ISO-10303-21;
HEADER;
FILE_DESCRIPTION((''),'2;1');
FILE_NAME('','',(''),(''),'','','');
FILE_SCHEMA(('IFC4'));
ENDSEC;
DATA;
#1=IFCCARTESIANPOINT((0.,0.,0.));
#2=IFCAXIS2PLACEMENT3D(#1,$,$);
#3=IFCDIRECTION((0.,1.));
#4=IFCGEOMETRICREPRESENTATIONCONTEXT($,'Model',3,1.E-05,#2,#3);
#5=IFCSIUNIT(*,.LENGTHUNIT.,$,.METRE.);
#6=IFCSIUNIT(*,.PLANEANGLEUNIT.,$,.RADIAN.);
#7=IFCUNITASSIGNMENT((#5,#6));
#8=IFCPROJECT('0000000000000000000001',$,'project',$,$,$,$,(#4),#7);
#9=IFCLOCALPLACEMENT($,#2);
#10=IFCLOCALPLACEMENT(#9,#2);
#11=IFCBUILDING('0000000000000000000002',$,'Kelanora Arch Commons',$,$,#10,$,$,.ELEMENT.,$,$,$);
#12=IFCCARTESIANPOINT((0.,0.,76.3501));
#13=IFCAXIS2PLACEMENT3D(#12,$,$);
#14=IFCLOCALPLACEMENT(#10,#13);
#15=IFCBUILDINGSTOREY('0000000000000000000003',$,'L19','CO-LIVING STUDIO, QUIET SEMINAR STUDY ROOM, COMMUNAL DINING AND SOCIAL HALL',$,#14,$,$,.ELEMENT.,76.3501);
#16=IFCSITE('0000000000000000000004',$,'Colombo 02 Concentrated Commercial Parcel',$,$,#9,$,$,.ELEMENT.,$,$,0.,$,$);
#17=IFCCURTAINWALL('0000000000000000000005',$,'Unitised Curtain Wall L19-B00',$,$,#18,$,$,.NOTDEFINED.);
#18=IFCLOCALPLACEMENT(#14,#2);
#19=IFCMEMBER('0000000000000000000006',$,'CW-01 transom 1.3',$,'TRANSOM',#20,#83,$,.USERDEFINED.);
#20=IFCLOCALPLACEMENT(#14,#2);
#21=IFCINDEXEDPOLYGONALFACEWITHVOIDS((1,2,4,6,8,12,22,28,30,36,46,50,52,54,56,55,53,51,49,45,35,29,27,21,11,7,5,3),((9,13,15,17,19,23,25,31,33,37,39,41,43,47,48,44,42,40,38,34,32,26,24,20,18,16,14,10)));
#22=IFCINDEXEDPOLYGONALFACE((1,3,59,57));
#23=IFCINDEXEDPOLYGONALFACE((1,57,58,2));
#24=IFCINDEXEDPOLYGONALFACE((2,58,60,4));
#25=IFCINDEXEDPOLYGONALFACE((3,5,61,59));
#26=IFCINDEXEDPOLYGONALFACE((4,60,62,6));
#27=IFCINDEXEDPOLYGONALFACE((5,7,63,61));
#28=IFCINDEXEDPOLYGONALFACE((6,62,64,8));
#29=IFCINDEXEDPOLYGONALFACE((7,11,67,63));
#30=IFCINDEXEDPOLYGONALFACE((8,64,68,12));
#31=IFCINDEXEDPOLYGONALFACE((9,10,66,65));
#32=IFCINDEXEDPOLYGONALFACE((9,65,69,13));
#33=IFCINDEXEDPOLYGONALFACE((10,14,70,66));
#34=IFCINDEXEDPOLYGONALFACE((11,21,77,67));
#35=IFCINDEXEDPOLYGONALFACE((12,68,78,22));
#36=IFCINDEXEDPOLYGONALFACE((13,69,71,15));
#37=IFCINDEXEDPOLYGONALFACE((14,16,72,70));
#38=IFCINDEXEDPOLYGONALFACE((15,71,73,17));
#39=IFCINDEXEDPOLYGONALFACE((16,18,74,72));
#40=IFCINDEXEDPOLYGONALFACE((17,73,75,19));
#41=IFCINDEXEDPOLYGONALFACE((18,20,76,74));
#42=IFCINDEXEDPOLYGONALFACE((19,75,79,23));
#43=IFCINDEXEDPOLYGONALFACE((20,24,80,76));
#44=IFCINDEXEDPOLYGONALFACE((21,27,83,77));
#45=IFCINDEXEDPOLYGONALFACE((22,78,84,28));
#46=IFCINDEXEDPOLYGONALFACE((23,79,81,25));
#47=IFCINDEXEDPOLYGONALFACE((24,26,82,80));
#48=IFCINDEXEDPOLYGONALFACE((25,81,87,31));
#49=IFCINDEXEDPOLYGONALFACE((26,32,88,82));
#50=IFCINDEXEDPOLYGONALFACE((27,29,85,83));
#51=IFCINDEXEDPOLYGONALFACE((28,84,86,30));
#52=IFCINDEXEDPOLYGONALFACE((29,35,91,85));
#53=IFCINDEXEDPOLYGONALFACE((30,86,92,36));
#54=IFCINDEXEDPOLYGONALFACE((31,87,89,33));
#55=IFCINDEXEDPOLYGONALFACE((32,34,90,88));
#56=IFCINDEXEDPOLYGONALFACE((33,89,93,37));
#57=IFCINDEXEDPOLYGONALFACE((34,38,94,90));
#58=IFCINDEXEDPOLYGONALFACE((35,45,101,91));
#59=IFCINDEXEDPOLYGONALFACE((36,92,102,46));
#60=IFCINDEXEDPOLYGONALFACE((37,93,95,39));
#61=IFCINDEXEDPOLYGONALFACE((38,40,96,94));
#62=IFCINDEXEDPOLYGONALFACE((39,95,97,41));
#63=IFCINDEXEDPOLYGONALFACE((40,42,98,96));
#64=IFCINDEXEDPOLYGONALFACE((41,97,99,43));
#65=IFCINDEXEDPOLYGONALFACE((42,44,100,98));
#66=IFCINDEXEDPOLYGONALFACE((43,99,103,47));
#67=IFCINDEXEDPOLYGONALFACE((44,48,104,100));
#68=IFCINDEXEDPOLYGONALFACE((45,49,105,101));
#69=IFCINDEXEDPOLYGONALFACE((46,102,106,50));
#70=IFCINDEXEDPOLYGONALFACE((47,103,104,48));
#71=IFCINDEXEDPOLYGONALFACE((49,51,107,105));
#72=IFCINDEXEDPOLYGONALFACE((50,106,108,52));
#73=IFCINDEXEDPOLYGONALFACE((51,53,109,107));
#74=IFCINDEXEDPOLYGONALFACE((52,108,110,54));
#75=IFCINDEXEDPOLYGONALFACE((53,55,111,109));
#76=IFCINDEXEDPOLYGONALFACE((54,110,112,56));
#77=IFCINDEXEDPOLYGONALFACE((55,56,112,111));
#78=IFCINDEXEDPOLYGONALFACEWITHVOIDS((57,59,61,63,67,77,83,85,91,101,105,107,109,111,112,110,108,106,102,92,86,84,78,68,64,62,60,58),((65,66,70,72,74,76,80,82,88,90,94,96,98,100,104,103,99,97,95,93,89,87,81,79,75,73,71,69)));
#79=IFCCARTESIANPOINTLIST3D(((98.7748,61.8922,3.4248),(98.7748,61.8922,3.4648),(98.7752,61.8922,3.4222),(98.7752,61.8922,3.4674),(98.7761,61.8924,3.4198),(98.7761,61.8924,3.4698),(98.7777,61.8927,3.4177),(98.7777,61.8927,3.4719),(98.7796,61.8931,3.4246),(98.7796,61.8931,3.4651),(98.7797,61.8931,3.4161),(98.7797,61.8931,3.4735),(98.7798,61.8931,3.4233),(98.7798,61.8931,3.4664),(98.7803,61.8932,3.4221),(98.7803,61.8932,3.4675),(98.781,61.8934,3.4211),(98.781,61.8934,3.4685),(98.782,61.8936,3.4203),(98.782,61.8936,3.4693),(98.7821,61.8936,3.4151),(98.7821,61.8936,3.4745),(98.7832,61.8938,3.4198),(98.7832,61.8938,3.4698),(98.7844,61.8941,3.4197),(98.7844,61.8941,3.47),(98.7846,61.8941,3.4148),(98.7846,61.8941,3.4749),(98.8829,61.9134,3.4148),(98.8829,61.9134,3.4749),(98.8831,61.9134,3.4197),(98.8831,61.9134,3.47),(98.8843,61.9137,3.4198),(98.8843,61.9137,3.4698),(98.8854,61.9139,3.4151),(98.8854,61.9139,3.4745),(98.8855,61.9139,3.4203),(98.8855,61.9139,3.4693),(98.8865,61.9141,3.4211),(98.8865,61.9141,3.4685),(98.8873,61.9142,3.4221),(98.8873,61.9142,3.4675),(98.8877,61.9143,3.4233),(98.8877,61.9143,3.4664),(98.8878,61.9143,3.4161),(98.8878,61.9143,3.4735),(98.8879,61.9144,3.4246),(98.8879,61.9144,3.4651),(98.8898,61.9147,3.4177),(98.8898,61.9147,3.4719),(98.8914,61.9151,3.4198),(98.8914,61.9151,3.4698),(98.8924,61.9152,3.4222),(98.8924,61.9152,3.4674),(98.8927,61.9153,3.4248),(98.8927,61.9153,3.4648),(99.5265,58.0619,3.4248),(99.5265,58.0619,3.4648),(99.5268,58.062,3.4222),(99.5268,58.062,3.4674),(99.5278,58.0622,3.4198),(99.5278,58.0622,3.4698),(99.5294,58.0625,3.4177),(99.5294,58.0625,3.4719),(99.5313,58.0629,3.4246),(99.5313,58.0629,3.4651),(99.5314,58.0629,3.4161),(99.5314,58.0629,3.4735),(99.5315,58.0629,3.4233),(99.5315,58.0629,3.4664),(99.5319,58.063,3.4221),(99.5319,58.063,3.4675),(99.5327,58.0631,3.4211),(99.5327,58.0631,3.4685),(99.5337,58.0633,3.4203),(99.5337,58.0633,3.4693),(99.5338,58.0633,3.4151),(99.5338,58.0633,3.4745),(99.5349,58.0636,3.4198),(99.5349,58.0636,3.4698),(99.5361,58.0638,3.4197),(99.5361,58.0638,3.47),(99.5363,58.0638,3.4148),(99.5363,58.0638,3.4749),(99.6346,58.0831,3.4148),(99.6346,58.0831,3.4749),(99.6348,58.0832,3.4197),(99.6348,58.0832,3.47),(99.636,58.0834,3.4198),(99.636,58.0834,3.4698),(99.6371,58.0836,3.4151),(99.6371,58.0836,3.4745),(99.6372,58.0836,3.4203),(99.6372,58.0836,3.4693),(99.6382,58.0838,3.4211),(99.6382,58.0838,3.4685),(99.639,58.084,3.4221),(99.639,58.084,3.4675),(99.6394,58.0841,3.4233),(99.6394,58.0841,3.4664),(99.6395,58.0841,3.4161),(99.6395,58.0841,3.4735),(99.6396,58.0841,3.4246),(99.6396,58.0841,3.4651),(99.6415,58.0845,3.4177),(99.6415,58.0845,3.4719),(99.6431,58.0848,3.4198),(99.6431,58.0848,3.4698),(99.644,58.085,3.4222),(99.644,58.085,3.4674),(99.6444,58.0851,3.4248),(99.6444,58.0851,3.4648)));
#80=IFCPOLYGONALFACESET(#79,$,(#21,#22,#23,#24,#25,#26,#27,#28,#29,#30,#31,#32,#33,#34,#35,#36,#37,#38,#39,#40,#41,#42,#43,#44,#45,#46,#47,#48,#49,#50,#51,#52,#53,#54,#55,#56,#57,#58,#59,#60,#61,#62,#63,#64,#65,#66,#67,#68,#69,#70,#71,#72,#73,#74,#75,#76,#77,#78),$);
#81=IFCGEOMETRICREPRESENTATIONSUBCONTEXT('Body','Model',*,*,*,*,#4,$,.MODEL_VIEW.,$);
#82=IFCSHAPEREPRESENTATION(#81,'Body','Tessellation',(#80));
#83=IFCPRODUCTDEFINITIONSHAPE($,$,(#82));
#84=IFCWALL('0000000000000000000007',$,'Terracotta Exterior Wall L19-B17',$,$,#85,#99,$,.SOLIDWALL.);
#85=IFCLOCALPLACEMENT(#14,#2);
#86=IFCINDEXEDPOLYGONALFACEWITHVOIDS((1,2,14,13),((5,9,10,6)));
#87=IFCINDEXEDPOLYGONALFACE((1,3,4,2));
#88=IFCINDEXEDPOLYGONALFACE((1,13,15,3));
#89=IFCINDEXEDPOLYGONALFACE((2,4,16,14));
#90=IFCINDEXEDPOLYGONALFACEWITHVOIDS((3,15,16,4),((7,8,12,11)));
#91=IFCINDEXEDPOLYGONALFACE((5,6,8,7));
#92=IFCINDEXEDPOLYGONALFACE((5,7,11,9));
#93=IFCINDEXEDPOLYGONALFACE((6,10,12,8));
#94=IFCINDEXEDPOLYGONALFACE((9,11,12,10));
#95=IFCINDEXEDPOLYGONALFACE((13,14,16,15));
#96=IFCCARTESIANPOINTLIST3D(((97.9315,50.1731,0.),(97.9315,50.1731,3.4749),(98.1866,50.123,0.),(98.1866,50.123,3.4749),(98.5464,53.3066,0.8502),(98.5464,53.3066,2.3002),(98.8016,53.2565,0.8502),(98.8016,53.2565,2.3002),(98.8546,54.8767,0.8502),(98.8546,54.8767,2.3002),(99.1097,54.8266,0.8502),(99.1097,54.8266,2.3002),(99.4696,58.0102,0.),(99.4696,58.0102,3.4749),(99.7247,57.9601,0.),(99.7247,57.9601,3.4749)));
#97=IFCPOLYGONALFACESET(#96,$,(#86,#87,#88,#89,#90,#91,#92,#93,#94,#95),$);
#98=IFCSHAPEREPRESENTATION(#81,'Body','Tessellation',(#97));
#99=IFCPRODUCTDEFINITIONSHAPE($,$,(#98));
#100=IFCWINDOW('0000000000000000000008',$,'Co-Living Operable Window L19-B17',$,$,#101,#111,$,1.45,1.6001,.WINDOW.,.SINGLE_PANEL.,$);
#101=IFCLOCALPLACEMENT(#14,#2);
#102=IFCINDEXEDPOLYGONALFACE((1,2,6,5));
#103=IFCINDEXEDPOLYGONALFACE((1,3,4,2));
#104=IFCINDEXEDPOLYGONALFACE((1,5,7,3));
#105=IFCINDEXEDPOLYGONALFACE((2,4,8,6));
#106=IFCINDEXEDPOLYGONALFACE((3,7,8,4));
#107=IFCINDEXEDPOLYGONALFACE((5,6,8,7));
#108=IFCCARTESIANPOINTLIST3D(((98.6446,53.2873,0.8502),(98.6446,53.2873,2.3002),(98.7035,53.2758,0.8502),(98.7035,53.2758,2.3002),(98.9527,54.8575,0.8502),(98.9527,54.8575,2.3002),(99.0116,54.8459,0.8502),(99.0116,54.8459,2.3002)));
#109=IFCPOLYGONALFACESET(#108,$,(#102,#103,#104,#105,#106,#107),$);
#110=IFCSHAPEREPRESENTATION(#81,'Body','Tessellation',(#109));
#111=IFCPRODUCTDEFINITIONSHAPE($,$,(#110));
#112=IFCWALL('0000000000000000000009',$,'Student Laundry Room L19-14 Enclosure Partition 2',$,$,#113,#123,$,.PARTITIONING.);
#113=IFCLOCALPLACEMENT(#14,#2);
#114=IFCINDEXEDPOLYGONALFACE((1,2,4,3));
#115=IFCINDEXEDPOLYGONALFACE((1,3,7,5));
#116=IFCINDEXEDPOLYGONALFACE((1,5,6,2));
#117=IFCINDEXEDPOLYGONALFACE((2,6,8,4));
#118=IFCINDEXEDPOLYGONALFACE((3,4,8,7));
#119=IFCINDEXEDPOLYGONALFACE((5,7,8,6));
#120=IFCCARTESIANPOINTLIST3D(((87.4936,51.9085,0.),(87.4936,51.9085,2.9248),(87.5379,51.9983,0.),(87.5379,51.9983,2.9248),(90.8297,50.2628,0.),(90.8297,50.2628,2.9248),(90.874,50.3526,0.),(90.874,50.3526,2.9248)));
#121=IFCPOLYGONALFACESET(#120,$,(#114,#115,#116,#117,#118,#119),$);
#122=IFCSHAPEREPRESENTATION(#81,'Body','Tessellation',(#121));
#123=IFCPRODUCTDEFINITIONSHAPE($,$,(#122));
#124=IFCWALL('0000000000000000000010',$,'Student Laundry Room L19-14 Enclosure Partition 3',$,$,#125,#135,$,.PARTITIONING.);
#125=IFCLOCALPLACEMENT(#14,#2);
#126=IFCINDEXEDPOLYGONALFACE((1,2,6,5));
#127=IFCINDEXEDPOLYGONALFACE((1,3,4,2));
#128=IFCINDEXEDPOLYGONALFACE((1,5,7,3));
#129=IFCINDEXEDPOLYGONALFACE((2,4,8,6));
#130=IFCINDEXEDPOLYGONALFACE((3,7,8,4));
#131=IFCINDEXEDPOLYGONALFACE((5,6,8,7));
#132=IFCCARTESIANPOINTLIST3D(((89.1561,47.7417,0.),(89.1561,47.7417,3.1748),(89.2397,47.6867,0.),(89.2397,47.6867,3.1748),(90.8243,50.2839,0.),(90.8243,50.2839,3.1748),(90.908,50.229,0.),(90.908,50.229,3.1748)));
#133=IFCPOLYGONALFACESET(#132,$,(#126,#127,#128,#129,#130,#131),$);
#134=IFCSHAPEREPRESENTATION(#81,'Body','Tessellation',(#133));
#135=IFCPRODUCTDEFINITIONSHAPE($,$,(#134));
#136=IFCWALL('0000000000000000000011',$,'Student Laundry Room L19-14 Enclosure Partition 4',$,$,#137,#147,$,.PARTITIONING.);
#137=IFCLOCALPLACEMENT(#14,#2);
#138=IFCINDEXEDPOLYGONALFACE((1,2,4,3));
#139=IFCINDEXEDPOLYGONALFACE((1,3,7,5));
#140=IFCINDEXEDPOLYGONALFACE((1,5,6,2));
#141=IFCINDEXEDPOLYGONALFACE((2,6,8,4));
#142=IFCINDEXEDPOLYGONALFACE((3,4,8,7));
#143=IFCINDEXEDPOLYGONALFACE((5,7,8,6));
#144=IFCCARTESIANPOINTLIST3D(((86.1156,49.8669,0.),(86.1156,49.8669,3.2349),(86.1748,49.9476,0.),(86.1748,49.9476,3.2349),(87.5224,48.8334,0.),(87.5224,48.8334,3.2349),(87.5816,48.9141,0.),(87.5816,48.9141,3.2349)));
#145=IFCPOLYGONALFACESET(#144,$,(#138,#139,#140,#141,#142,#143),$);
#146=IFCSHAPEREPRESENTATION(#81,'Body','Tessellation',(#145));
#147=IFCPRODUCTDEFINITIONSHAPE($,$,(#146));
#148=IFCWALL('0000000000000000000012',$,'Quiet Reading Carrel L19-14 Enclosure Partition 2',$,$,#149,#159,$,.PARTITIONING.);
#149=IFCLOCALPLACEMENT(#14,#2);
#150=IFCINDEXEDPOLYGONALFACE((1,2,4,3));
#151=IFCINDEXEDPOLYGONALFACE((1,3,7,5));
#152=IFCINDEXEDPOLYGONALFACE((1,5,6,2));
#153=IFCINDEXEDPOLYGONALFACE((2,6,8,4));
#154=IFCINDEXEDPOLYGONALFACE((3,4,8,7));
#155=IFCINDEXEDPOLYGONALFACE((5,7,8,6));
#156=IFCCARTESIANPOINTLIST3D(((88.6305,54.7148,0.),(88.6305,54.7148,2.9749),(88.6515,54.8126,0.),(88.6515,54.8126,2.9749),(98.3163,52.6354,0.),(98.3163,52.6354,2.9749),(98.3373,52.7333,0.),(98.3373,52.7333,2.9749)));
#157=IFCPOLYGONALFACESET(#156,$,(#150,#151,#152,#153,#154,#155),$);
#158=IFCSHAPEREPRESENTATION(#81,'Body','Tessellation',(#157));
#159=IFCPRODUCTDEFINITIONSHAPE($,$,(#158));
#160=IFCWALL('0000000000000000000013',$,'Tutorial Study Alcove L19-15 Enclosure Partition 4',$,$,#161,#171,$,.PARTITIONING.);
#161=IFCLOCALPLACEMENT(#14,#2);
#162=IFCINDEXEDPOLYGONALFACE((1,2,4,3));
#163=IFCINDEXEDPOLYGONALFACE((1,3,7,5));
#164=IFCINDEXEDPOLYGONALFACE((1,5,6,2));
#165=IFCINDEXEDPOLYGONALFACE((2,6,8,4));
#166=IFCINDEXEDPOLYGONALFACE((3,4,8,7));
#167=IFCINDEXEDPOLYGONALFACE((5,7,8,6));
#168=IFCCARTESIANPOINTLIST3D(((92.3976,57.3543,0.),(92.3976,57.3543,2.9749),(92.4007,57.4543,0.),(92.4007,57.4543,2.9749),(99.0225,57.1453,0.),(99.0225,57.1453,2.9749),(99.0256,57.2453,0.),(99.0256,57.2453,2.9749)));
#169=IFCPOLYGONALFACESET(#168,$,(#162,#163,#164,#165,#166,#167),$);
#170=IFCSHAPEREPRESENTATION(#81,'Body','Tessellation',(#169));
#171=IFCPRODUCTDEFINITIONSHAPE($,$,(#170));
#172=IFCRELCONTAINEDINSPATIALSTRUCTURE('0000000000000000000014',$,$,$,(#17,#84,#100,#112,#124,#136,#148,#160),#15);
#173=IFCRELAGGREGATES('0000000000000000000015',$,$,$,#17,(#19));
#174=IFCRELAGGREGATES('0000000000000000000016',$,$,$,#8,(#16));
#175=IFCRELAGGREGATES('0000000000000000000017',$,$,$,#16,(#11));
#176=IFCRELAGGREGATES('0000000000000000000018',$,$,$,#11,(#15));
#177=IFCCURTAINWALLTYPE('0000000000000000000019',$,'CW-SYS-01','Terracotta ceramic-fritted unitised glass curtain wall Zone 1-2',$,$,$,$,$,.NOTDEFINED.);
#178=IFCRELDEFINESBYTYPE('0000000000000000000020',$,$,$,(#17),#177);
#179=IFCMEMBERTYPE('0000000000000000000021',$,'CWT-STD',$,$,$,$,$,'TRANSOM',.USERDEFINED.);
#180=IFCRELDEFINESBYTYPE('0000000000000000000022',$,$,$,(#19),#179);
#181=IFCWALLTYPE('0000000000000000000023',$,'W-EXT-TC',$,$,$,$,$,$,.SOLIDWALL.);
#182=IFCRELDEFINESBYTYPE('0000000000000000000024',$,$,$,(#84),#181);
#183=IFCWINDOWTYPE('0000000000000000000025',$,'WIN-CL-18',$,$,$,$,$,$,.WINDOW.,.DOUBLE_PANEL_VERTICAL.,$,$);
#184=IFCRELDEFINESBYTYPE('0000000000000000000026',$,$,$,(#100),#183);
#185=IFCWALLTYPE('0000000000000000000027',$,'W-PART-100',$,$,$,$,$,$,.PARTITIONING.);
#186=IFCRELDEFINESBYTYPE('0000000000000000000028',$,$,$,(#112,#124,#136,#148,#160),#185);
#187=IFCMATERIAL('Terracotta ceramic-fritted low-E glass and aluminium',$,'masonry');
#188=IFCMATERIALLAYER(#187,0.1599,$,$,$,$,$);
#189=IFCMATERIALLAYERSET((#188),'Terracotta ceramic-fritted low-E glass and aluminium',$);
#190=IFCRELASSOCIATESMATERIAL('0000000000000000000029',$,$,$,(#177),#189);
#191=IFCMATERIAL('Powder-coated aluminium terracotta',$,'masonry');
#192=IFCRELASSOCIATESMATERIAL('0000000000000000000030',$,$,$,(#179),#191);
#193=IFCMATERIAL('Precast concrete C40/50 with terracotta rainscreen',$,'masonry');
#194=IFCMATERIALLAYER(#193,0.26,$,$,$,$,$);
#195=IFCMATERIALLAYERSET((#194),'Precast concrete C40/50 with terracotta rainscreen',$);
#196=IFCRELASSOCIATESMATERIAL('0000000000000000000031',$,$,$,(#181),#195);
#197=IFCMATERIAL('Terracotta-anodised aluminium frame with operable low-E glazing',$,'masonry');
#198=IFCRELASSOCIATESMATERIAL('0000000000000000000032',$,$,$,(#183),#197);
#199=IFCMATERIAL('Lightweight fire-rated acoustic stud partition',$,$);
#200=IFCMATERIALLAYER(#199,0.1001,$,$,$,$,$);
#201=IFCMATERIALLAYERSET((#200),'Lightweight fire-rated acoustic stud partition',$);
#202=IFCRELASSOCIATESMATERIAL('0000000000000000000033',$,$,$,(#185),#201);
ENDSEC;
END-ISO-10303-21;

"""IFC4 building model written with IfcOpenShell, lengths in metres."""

from ifc_helpers import new_model, si_unit, direction, frame, frame_2d, origin, origin_2d, place, context, subcontext, project, spatial, rectangle, hollow_rectangle, extrude, material, layer, layer_set, material_profile, profile_set, type_object, element, fill, aggregate, save


model = new_model("IFC4")

# Units and contexts
model_context = context("Model", 3, precision=1e-05, world=origin(), true_north=direction((0.0, 1.0)))
body_context = subcontext(model_context, "Body", "Model", "MODEL_VIEW")
ifc_project = project(units=[si_unit("LENGTHUNIT", "METRE"), si_unit("PLANEANGLEUNIT", "RADIAN")], contexts=[model_context])

# Site, building, storey
site_placement = place(None, origin())
site = spatial("IfcSite", under=ifc_project, at=site_placement, Name="Colombo 02 Concentrated Commercial Parcel", CompositionType="ELEMENT", RefElevation=0.0)
building_placement = place(site_placement, origin())
building = spatial("IfcBuilding", under=site, at=building_placement, Name="Kelanora Arch Commons", CompositionType="ELEMENT")
storey_placement = place(building_placement, frame((0.0, 0.0, 76.3501)))
storey = spatial("IfcBuildingStorey", under=building, at=storey_placement, Name="L19", Description="CO-LIVING STUDIO, QUIET SEMINAR STUDY ROOM, COMMUNAL DINING AND SOCIAL HALL", CompositionType="ELEMENT", Elevation=76.3501)

# Curtain wall
ifc_material_1 = material(Name="Terracotta ceramic-fritted low-E glass and aluminium", Category="masonry")
ifc_layer_1 = layer(ifc_material_1, 0.1599)
ifc_layer_set_1 = layer_set([ifc_layer_1], Name="Terracotta ceramic-fritted low-E glass and aluminium")
curtain_wall_type = type_object("IfcCurtainWallType", Name="CW-SYS-01", Description="Terracotta ceramic-fritted unitised glass curtain wall Zone 1-2", PredefinedType="NOTDEFINED", material=ifc_layer_set_1)
curtain_wall_1_placement = place(storey_placement, origin())
curtain_wall_1 = element("IfcCurtainWall", 1, at=curtain_wall_1_placement, inside=storey, type_object=curtain_wall_type, Name="Unitised Curtain Wall L19-B00", PredefinedType="NOTDEFINED")
ifc_material_2 = material(Name="Powder-coated aluminium terracotta", Category="masonry")

# Member
ifc_material_profile_1 = material_profile(ifc_material_2, hollow_rectangle(XDim=0.1201, YDim=0.0601, WallThickness=0.0049, InnerFilletRadius=0.0049, OuterFilletRadius=0.01, at=origin_2d()), Name="CWT120x60")
ifc_profile_set_1 = profile_set([ifc_material_profile_1], Name="Powder-coated aluminium terracotta")
member_type_1 = type_object("IfcMemberType", Name="CWT-STD", ElementType="TRANSOM", PredefinedType="USERDEFINED", material=ifc_profile_set_1)
member_1_placement = place(storey_placement, frame((99.5854, 58.0735, 3.4448), z_axis=(-0.192579, 0.981282, 0.0), x_axis=(-0.981282, -0.192579, 0.0)))
member_1 = element("IfcMember", 2, at=member_1_placement, type_object=member_type_1, Name="CW-01 transom 1.3", ObjectType="TRANSOM", PredefinedType="USERDEFINED", context=body_context, shape_type="SweptSolid", body=[
    extrude(hollow_rectangle(XDim=0.1201, YDim=0.0601, WallThickness=0.0049, InnerFilletRadius=0.0049, OuterFilletRadius=0.01, at=origin_2d()), origin(), (0.0, 0.0, 1.0), 3.9033),
])
aggregate(curtain_wall_1, [member_1])

# Wall, opening, window
ifc_material_3 = material(Name="Precast concrete C40/50 with terracotta rainscreen", Category="masonry")
ifc_layer_2 = layer(ifc_material_3, 0.26)
ifc_layer_set_2 = layer_set([ifc_layer_2], Name="Precast concrete C40/50 with terracotta rainscreen")
wall_type_1 = type_object("IfcWallType", Name="W-EXT-TC", PredefinedType="SOLIDWALL", material=ifc_layer_set_2)
wall_1_placement = place(storey_placement, frame((98.0591, 50.1482, 0.0), z_axis=(0.0, 0.0, 1.0), x_axis=(0.192582, 0.981281, 0.0)))
wall_1 = element("IfcWall", 3, at=wall_1_placement, inside=storey, type_object=wall_type_1, Name="Terracotta Exterior Wall L19-B17", PredefinedType="SOLIDWALL", context=body_context, shape_type="SweptSolid", body=[
    extrude(rectangle(XDim=7.9866, YDim=0.26, at=frame_2d((3.9932, 0.0))), origin(), (0.0, 0.0, 1.0), 3.4749),
])
opening_1_placement = place(wall_1_placement, frame((3.1931, 0.0, 0.8501)))
opening_1 = element("IfcOpeningElement", 4, at=opening_1_placement, cuts=wall_1, PredefinedType="OPENING", context=body_context, shape_type="SweptSolid", body=[
    extrude(rectangle(XDim=1.6001, YDim=1.45, at=frame_2d((0.8, 0.7251))), frame((0.0, 0.1401, 0.0), z_axis=(0.0, -1.0, 0.0), x_axis=(1.0, 0.0, 0.0)), (0.0, 0.0, 1.0), 0.28),
])
ifc_material_4 = material(Name="Terracotta-anodised aluminium frame with operable low-E glazing", Category="masonry")
window_type = type_object("IfcWindowType", Name="WIN-CL-18", PartitioningType="DOUBLE_PANEL_VERTICAL", PredefinedType="WINDOW", material=ifc_material_4)
window_placement = place(opening_1_placement, origin())
window = element("IfcWindow", 5, at=window_placement, inside=storey, type_object=window_type, Name="Co-Living Operable Window L19-B17", OverallHeight=1.45, OverallWidth=1.6001, PartitioningType="SINGLE_PANEL", PredefinedType="WINDOW", context=body_context, shape_type="SweptSolid", body=[
    extrude(rectangle(XDim=1.6001, YDim=1.45, at=frame_2d((0.8, 0.7251))), frame((0.0, 0.03, 0.0), z_axis=(0.0, -1.0, 0.0), x_axis=(1.0, 0.0, 0.0)), (0.0, 0.0, 1.0), 0.0601),
])
fill(opening_1, window)

# Walls
ifc_material_5 = material(Name="Lightweight fire-rated acoustic stud partition")
ifc_layer_3 = layer(ifc_material_5, 0.1001)
ifc_layer_set_3 = layer_set([ifc_layer_3], Name="Lightweight fire-rated acoustic stud partition")
wall_type_2 = type_object("IfcWallType", Name="W-PART-100", PredefinedType="PARTITIONING", material=ifc_layer_set_3)
wall_2_placement = place(storey_placement, frame((87.5159, 51.9534, 0.0), z_axis=(0.0, 0.0, 1.0), x_axis=(0.896816, -0.442403, 0.0)))
element("IfcWall", 6, at=wall_2_placement, inside=storey, type_object=wall_type_2, Name="Student Laundry Room L19-14 Enclosure Partition 2", PredefinedType="PARTITIONING", context=body_context, shape_type="SweptSolid", body=[
    extrude(rectangle(XDim=3.72, YDim=0.1001, at=frame_2d((1.8599, 0.0))), origin(), (0.0, 0.0, 1.0), 2.9248),
])
wall_3_placement = place(storey_placement, frame((90.8662, 50.2566, 0.0), z_axis=(0.0, 0.0, 1.0), x_axis=(-0.548627, -0.836067, 0.0)))
element("IfcWall", 7, at=wall_3_placement, inside=storey, type_object=wall_type_2, Name="Student Laundry Room L19-14 Enclosure Partition 3", PredefinedType="PARTITIONING", context=body_context, shape_type="SweptSolid", body=[
    extrude(rectangle(XDim=3.0408, YDim=0.1001, at=frame_2d((1.5205, 0.0))), origin(), (0.0, 0.0, 1.0), 3.1748),
])
wall_4_placement = place(storey_placement, frame((87.552, 48.8738, 0.0), z_axis=(0.0, 0.0, 1.0), x_axis=(-0.805902, 0.592049, 0.0)))
element("IfcWall", 8, at=wall_4_placement, inside=storey, type_object=wall_type_2, Name="Student Laundry Room L19-14 Enclosure Partition 4", PredefinedType="PARTITIONING", context=body_context, shape_type="SweptSolid", body=[
    extrude(rectangle(XDim=1.7456, YDim=0.1001, at=frame_2d((0.8728, 0.0))), origin(), (0.0, 0.0, 1.0), 3.2349),
])
wall_5_placement = place(storey_placement, frame((88.6411, 54.7637, 0.0), z_axis=(0.0, 0.0, 1.0), x_axis=(0.977723, -0.209898, 0.0)))
element("IfcWall", 9, at=wall_5_placement, inside=storey, type_object=wall_type_2, Name="Quiet Reading Carrel L19-14 Enclosure Partition 2", PredefinedType="PARTITIONING", context=body_context, shape_type="SweptSolid", body=[
    extrude(rectangle(XDim=9.9065, YDim=0.1001, at=frame_2d((4.9531, 0.0))), origin(), (0.0, 0.0, 1.0), 2.9749),
])
wall_6_placement = place(storey_placement, frame((99.0239, 57.1953, 0.0), z_axis=(0.0, 0.0, 1.0), x_axis=(-0.999503, 0.031529, 0.0)))
element("IfcWall", 10, at=wall_6_placement, inside=storey, type_object=wall_type_2, Name="Tutorial Study Alcove L19-15 Enclosure Partition 4", PredefinedType="PARTITIONING", context=body_context, shape_type="SweptSolid", body=[
    extrude(rectangle(XDim=6.6282, YDim=0.1001, at=frame_2d((3.314, 0.0))), origin(), (0.0, 0.0, 1.0), 2.9749),
])

save(model, "model.ifc")
